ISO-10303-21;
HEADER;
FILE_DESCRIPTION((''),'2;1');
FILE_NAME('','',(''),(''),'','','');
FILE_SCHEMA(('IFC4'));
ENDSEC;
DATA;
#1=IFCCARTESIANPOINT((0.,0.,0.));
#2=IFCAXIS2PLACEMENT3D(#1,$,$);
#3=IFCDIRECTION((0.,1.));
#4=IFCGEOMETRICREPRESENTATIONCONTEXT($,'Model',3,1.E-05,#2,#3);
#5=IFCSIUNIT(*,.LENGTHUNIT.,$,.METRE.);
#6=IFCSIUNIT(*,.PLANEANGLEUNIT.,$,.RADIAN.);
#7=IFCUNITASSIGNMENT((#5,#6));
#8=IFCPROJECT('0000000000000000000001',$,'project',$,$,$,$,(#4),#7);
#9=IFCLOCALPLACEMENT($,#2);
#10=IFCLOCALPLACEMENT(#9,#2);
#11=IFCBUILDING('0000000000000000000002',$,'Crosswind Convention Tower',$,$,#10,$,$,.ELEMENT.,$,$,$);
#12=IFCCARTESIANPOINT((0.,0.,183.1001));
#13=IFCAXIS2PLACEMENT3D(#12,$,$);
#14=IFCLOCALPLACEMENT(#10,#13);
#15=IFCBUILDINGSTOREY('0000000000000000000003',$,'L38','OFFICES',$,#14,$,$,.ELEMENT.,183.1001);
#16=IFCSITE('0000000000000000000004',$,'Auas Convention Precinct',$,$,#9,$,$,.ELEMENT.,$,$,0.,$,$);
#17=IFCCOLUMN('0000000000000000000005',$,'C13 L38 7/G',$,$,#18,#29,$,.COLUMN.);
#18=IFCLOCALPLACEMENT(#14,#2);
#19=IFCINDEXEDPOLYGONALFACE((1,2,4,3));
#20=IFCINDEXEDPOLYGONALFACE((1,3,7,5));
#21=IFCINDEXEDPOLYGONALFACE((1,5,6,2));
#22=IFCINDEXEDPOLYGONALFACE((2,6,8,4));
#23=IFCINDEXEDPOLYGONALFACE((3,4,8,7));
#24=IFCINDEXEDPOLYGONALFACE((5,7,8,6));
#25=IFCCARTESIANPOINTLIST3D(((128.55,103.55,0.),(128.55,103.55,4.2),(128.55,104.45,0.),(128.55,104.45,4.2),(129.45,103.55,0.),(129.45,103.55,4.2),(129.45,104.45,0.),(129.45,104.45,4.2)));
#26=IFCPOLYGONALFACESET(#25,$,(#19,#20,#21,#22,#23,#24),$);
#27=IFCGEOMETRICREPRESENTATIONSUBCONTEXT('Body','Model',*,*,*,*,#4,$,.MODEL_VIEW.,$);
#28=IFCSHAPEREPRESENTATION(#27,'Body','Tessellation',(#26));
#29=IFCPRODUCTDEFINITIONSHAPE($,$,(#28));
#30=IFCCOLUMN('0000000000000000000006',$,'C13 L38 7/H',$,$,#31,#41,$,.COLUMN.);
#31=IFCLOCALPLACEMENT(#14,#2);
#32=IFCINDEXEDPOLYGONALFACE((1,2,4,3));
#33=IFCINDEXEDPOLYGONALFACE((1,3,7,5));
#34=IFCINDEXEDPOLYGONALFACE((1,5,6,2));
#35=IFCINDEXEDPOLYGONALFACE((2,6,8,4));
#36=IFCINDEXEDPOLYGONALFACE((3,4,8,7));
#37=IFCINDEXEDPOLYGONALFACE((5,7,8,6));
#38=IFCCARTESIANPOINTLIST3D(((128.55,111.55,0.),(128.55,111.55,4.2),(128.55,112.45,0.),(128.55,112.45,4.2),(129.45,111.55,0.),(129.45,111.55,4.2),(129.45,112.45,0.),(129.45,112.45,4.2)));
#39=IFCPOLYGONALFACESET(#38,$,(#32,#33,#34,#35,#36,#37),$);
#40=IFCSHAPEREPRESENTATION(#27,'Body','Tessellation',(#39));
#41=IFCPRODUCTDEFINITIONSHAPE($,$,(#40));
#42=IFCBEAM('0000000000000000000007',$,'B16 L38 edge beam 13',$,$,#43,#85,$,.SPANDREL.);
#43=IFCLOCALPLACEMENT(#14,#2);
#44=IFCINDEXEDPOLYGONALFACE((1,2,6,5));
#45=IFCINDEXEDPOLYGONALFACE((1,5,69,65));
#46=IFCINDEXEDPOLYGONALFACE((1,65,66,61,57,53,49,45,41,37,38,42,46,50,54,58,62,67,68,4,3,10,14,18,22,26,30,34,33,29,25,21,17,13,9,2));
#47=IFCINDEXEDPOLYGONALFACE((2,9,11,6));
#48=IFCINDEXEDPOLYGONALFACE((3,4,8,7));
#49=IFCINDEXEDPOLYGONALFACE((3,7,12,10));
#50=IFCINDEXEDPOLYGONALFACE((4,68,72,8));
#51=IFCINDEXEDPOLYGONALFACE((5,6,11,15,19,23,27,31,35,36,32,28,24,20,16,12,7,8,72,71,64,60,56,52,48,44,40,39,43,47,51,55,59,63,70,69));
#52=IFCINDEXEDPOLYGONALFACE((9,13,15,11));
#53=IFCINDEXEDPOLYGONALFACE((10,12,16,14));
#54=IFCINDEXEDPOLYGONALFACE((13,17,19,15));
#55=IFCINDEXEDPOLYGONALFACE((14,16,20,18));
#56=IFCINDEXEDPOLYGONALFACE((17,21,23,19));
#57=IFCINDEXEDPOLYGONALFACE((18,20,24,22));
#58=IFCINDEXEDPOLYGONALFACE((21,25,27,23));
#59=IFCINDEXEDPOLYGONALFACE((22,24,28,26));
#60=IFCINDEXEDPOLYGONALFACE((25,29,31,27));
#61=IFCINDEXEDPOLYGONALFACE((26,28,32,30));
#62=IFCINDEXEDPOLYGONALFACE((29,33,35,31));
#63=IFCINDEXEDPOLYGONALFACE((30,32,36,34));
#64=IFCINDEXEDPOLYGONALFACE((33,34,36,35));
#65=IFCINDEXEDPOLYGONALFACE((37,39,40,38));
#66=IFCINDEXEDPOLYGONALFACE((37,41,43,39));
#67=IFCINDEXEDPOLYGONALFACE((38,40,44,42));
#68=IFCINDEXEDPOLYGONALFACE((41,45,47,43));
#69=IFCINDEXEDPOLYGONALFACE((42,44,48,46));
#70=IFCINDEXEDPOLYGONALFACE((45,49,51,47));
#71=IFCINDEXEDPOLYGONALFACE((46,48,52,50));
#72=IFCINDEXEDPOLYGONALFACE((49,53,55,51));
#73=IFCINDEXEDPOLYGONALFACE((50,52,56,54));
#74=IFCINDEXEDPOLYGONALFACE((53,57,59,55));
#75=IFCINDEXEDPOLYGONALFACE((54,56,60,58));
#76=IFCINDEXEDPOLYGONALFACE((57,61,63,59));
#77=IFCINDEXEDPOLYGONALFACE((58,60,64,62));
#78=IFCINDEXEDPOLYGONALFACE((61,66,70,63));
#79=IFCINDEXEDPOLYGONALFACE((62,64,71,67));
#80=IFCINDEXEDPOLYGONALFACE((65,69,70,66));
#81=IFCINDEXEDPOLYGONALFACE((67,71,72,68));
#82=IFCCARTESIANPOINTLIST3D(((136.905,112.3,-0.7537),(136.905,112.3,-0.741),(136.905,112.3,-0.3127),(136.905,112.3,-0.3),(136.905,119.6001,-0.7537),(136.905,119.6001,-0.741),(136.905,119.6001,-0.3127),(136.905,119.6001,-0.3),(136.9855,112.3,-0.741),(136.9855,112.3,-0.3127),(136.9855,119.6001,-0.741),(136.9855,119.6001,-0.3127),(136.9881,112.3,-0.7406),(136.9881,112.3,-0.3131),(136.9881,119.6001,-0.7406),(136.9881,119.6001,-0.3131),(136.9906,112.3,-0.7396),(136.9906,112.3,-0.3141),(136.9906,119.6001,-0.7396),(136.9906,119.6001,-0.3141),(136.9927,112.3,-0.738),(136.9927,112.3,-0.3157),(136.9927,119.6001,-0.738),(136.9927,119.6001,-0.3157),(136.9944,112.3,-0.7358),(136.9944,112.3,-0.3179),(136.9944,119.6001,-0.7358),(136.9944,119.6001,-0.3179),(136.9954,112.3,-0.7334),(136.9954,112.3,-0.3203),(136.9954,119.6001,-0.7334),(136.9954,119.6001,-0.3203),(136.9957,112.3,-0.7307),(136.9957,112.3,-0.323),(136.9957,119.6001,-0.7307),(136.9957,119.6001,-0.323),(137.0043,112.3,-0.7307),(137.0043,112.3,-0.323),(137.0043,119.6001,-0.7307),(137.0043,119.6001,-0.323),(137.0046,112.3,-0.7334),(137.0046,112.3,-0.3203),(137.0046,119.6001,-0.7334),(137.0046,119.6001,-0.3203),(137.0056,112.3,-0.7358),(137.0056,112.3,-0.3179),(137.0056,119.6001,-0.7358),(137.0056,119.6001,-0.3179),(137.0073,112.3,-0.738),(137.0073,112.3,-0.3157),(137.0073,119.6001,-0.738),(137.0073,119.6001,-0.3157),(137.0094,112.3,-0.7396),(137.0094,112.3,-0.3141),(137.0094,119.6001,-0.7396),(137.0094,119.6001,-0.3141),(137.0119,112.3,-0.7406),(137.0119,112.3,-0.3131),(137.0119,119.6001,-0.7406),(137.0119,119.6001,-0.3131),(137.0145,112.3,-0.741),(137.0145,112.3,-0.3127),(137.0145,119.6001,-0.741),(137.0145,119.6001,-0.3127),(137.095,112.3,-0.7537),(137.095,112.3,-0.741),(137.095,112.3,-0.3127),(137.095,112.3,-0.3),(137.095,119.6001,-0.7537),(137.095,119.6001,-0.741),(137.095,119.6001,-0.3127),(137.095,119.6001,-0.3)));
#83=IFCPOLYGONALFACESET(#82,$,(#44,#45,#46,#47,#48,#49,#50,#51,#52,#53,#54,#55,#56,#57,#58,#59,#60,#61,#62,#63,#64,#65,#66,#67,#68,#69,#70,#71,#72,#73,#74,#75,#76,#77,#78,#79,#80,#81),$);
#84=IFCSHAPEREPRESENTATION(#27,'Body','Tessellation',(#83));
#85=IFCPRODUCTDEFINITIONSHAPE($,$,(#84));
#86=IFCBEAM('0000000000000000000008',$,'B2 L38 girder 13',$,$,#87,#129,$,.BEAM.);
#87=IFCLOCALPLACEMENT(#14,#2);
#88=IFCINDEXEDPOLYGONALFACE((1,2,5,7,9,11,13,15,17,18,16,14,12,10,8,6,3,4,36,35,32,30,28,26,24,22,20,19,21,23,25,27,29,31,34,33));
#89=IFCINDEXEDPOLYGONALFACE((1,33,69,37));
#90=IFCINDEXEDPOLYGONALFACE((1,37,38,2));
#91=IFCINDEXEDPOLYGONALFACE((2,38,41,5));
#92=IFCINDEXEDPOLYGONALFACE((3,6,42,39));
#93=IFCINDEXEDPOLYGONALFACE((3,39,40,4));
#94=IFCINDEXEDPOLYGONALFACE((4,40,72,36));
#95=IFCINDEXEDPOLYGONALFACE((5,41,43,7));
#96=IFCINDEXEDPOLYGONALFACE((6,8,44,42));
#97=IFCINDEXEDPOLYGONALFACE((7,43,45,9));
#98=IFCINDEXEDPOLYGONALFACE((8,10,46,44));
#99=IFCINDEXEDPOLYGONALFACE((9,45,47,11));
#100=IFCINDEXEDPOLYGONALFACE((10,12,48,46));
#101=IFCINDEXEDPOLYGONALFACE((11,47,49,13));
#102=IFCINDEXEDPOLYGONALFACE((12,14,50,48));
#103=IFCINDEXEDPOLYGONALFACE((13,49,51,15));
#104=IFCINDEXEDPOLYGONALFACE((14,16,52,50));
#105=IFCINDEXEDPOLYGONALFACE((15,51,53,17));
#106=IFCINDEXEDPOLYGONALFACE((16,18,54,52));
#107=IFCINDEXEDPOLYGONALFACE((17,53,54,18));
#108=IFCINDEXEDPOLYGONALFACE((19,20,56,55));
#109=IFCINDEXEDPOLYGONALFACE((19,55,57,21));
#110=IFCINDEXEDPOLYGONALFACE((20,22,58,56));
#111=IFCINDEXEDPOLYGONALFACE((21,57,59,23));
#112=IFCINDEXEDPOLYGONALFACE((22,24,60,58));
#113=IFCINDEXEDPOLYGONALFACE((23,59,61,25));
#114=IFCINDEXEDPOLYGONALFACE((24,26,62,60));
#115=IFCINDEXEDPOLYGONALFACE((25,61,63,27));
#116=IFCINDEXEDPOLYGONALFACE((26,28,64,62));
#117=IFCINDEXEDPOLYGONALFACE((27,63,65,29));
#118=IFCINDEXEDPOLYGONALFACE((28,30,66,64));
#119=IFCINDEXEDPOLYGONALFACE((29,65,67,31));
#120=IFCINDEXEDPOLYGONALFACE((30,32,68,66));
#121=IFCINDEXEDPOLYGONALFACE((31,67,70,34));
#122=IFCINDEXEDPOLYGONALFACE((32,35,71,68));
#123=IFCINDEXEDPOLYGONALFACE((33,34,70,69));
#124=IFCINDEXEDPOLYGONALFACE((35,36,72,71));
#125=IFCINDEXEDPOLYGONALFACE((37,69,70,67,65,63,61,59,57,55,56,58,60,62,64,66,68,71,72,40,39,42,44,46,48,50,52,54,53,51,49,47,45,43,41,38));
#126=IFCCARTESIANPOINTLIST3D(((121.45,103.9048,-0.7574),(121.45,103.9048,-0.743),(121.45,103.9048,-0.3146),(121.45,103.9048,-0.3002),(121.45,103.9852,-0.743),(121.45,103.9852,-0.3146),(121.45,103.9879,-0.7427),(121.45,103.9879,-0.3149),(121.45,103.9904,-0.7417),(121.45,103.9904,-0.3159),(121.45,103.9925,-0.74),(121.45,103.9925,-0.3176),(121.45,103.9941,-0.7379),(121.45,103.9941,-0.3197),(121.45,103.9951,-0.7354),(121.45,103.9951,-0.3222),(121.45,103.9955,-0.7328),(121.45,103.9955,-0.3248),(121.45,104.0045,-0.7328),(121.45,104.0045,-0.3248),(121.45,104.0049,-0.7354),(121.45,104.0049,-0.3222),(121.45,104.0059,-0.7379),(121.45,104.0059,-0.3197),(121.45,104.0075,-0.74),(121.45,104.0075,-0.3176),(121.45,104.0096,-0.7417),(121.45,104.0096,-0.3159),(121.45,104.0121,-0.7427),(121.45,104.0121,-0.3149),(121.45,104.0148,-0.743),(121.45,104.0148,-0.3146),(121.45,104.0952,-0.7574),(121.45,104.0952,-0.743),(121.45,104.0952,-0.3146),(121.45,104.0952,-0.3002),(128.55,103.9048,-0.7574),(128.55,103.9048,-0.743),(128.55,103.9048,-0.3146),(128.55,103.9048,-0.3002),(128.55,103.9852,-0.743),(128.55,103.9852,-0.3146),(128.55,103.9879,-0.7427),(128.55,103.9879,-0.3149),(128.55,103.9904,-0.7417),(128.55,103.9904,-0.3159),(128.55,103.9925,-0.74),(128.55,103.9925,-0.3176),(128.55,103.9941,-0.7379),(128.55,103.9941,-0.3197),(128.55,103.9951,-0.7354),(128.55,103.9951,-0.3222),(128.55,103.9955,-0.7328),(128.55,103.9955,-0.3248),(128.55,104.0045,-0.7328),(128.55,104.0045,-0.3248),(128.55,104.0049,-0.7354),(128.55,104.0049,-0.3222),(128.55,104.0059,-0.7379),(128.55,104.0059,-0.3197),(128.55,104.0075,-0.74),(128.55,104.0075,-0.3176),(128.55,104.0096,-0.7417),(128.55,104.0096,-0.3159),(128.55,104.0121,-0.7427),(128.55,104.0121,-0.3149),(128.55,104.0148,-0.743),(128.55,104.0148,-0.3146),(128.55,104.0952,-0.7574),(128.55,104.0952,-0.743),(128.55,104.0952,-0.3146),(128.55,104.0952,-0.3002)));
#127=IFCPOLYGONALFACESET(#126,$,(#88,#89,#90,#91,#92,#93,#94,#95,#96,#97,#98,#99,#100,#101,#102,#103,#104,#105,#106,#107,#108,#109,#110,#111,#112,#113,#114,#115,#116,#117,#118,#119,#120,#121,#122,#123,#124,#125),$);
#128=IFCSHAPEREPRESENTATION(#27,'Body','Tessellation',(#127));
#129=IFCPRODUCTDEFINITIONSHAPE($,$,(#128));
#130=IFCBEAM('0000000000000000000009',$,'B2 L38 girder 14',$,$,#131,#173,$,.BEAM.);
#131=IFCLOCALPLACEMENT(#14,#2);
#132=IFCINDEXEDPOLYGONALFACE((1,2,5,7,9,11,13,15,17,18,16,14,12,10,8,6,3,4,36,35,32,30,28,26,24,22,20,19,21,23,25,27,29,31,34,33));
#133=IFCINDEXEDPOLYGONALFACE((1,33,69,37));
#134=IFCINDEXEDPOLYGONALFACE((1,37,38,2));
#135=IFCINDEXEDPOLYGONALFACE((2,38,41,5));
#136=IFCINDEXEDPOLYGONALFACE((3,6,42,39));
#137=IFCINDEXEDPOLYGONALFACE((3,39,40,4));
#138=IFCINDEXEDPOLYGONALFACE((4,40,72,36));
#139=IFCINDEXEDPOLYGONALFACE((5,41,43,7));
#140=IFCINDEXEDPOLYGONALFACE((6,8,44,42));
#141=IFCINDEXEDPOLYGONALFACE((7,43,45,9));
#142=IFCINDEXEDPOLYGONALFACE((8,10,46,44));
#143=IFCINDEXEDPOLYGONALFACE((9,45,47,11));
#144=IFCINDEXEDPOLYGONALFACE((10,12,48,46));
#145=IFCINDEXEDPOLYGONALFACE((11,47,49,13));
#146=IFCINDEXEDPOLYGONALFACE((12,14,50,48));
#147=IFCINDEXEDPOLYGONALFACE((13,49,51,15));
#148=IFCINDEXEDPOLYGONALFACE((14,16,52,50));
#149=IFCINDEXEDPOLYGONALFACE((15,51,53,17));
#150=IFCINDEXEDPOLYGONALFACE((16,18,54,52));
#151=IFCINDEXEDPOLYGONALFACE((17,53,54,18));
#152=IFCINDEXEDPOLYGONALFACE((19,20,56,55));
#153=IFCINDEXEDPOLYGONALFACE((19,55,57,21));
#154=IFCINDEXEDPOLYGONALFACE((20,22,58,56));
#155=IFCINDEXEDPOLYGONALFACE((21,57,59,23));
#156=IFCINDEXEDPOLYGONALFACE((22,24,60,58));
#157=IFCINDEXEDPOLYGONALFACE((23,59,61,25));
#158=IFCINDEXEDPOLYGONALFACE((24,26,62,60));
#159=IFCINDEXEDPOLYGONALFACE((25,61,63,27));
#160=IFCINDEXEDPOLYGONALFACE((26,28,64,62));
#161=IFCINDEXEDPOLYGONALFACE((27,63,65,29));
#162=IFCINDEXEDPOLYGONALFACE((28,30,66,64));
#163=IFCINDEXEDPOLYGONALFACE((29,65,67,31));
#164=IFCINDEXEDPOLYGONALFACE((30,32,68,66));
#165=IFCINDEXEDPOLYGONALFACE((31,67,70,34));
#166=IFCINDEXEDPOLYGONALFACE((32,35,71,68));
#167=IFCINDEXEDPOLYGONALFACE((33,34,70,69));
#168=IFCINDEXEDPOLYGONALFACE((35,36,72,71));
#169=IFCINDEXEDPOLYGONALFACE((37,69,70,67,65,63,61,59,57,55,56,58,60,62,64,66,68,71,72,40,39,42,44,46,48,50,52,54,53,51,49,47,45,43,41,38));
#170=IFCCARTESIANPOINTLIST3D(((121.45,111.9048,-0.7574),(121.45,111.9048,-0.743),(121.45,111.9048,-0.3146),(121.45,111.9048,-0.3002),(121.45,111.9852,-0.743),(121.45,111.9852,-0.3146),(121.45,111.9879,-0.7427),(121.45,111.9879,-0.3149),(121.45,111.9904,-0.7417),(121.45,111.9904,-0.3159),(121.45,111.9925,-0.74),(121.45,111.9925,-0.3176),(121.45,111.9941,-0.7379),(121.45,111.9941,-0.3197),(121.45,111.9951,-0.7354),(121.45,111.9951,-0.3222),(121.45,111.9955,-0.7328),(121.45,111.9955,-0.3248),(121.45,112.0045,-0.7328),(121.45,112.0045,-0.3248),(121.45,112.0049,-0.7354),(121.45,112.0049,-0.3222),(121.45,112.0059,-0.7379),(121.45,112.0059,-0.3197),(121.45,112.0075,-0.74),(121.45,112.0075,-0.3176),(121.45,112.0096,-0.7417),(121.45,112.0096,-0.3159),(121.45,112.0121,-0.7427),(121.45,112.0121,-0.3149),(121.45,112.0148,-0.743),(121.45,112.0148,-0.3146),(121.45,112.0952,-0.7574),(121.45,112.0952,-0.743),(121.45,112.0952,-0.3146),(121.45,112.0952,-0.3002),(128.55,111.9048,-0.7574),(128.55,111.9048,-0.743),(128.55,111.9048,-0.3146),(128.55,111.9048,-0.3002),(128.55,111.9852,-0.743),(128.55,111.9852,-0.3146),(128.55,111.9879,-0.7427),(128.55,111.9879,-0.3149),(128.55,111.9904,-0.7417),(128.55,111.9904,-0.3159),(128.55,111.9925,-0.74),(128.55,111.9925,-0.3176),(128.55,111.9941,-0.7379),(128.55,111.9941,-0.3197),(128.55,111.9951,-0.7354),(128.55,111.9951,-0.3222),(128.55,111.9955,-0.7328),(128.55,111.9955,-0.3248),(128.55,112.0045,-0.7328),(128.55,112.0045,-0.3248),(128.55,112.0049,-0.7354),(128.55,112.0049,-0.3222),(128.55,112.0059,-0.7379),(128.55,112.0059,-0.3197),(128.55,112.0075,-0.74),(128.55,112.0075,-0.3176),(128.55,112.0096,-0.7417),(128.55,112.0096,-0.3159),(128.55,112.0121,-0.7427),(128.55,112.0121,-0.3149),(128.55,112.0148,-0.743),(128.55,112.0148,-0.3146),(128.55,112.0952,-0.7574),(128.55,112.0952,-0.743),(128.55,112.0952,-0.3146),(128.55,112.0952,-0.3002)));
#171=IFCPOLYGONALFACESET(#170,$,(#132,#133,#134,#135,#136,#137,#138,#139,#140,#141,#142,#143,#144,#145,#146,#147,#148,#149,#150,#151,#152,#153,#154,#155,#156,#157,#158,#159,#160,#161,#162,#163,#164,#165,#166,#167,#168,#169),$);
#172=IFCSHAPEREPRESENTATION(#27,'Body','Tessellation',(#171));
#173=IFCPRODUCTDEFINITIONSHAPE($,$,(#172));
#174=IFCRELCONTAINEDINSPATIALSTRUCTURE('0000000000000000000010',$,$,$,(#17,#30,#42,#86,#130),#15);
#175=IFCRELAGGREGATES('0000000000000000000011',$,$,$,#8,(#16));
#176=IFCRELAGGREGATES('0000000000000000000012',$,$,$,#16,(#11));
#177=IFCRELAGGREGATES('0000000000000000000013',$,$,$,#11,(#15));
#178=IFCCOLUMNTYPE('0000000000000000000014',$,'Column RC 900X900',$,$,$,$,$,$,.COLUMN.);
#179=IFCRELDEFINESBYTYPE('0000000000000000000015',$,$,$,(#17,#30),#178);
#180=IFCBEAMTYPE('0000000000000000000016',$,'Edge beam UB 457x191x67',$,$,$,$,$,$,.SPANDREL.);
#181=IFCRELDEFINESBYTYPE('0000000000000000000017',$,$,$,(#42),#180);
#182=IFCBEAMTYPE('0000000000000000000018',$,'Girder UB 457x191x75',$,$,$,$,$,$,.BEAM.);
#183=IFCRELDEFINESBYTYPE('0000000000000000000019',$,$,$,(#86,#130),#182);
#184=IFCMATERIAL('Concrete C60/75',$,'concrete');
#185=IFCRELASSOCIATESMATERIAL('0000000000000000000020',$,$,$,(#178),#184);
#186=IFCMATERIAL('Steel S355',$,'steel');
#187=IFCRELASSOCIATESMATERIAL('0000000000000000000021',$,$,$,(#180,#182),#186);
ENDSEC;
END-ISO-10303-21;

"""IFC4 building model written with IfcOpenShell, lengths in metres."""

from ifc_helpers import new_model, si_unit, direction, frame, origin, origin_2d, place, context, subcontext, project, spatial, rectangle, i_section, extrude, material, material_profile, profile_set, type_object, element, save


model = new_model("IFC4")

# Units and contexts
model_context = context("Model", 3, precision=1e-05, world=origin(), true_north=direction((0.0, 1.0)))
body_context = subcontext(model_context, "Body", "Model", "MODEL_VIEW")
ifc_project = project(units=[si_unit("LENGTHUNIT", "METRE"), si_unit("PLANEANGLEUNIT", "RADIAN")], contexts=[model_context])

# Site, building, storey
site_placement = place(None, origin())
site = spatial("IfcSite", under=ifc_project, at=site_placement, Name="Auas Convention Precinct", CompositionType="ELEMENT", RefElevation=0.0)
building_placement = place(site_placement, origin())
building = spatial("IfcBuilding", under=site, at=building_placement, Name="Crosswind Convention Tower", CompositionType="ELEMENT")
storey_placement = place(building_placement, frame((0.0, 0.0, 183.1001)))
storey = spatial("IfcBuildingStorey", under=building, at=storey_placement, Name="L38", Description="OFFICES", CompositionType="ELEMENT", Elevation=183.1001)

# Columns
ifc_material_1 = material(Name="Concrete C60/75", Category="concrete")
ifc_material_profile_1 = material_profile(ifc_material_1, rectangle(XDim=0.8999, YDim=0.8999, at=origin_2d()), Name="RC 900X900")
ifc_profile_set_1 = profile_set([ifc_material_profile_1], Name="Concrete C60/75")
column_type = type_object("IfcColumnType", Name="Column RC 900X900", PredefinedType="COLUMN", material=ifc_profile_set_1)
for number, where, z_axis, x_axis, name in (
    (1, (129.0, 104.0, 0.0), (0.0, 0.0, 1.0), (1.0, 0.0, 0.0), "C13 L38 7/G"),
    (2, (129.0, 112.0, 0.0), (0.0, 0.0, 1.0), (1.0, 0.0, 0.0), "C13 L38 7/H"),
):
    element("IfcColumn", number, at=place(storey_placement, frame(where, z_axis=z_axis, x_axis=x_axis)), inside=storey, type_object=column_type, Name=name, PredefinedType="COLUMN", context=body_context, shape_type="SweptSolid", body=[
        extrude(rectangle(XDim=0.8999, YDim=0.8999, at=origin_2d()), origin(), (0.0, 0.0, 1.0), 4.2),
    ])

# Beams
ifc_material_2 = material(Name="Steel S355", Category="steel")
ifc_material_profile_2 = material_profile(ifc_material_2, i_section(OverallWidth=0.1899, OverallDepth=0.4536, WebThickness=0.0085, FlangeThickness=0.0127, FilletRadius=0.0103, at=origin_2d()), Name="UB 457x191x67")
ifc_profile_set_2 = profile_set([ifc_material_profile_2], Name="Steel S355")
beam_type_1 = type_object("IfcBeamType", Name="Edge beam UB 457x191x67", PredefinedType="SPANDREL", material=ifc_profile_set_2)
beam_placement = place(storey_placement, frame((137.0, 112.3, -0.5269), z_axis=(0.0, 1.0, 0.0), x_axis=(-1.0, 0.0, 0.0)))
element("IfcBeam", 3, at=beam_placement, inside=storey, type_object=beam_type_1, Name="B16 L38 edge beam 13", PredefinedType="SPANDREL", context=body_context, shape_type="SweptSolid", body=[
    extrude(i_section(OverallWidth=0.1899, OverallDepth=0.4536, WebThickness=0.0085, FlangeThickness=0.0127, FilletRadius=0.0103, at=origin_2d()), origin(), (0.0, 0.0, 1.0), 7.3),
])
ifc_material_profile_3 = material_profile(ifc_material_2, i_section(OverallWidth=0.1904, OverallDepth=0.4573, WebThickness=0.009, FlangeThickness=0.0144, FilletRadius=0.0103, at=origin_2d()), Name="UB 457x191x75")
ifc_profile_set_3 = profile_set([ifc_material_profile_3], Name="Steel S355")
beam_type_2 = type_object("IfcBeamType", Name="Girder UB 457x191x75", PredefinedType="BEAM", material=ifc_profile_set_3)
for number, where, z_axis, x_axis, name in (
    (4, (121.45, 104.0, -0.5288), (1.0, 0.0, 0.0), (0.0, 1.0, 0.0), "B2 L38 girder 13"),
    (5, (121.45, 112.0, -0.5288), (1.0, 0.0, 0.0), (0.0, 1.0, 0.0), "B2 L38 girder 14"),
):
    element("IfcBeam", number, at=place(storey_placement, frame(where, z_axis=z_axis, x_axis=x_axis)), inside=storey, type_object=beam_type_2, Name=name, PredefinedType="BEAM", context=body_context, shape_type="SweptSolid", body=[
        extrude(i_section(OverallWidth=0.1904, OverallDepth=0.4573, WebThickness=0.009, FlangeThickness=0.0144, FilletRadius=0.0103, at=origin_2d()), origin(), (0.0, 0.0, 1.0), 7.1001),
    ])

save(model, "model.ifc")
